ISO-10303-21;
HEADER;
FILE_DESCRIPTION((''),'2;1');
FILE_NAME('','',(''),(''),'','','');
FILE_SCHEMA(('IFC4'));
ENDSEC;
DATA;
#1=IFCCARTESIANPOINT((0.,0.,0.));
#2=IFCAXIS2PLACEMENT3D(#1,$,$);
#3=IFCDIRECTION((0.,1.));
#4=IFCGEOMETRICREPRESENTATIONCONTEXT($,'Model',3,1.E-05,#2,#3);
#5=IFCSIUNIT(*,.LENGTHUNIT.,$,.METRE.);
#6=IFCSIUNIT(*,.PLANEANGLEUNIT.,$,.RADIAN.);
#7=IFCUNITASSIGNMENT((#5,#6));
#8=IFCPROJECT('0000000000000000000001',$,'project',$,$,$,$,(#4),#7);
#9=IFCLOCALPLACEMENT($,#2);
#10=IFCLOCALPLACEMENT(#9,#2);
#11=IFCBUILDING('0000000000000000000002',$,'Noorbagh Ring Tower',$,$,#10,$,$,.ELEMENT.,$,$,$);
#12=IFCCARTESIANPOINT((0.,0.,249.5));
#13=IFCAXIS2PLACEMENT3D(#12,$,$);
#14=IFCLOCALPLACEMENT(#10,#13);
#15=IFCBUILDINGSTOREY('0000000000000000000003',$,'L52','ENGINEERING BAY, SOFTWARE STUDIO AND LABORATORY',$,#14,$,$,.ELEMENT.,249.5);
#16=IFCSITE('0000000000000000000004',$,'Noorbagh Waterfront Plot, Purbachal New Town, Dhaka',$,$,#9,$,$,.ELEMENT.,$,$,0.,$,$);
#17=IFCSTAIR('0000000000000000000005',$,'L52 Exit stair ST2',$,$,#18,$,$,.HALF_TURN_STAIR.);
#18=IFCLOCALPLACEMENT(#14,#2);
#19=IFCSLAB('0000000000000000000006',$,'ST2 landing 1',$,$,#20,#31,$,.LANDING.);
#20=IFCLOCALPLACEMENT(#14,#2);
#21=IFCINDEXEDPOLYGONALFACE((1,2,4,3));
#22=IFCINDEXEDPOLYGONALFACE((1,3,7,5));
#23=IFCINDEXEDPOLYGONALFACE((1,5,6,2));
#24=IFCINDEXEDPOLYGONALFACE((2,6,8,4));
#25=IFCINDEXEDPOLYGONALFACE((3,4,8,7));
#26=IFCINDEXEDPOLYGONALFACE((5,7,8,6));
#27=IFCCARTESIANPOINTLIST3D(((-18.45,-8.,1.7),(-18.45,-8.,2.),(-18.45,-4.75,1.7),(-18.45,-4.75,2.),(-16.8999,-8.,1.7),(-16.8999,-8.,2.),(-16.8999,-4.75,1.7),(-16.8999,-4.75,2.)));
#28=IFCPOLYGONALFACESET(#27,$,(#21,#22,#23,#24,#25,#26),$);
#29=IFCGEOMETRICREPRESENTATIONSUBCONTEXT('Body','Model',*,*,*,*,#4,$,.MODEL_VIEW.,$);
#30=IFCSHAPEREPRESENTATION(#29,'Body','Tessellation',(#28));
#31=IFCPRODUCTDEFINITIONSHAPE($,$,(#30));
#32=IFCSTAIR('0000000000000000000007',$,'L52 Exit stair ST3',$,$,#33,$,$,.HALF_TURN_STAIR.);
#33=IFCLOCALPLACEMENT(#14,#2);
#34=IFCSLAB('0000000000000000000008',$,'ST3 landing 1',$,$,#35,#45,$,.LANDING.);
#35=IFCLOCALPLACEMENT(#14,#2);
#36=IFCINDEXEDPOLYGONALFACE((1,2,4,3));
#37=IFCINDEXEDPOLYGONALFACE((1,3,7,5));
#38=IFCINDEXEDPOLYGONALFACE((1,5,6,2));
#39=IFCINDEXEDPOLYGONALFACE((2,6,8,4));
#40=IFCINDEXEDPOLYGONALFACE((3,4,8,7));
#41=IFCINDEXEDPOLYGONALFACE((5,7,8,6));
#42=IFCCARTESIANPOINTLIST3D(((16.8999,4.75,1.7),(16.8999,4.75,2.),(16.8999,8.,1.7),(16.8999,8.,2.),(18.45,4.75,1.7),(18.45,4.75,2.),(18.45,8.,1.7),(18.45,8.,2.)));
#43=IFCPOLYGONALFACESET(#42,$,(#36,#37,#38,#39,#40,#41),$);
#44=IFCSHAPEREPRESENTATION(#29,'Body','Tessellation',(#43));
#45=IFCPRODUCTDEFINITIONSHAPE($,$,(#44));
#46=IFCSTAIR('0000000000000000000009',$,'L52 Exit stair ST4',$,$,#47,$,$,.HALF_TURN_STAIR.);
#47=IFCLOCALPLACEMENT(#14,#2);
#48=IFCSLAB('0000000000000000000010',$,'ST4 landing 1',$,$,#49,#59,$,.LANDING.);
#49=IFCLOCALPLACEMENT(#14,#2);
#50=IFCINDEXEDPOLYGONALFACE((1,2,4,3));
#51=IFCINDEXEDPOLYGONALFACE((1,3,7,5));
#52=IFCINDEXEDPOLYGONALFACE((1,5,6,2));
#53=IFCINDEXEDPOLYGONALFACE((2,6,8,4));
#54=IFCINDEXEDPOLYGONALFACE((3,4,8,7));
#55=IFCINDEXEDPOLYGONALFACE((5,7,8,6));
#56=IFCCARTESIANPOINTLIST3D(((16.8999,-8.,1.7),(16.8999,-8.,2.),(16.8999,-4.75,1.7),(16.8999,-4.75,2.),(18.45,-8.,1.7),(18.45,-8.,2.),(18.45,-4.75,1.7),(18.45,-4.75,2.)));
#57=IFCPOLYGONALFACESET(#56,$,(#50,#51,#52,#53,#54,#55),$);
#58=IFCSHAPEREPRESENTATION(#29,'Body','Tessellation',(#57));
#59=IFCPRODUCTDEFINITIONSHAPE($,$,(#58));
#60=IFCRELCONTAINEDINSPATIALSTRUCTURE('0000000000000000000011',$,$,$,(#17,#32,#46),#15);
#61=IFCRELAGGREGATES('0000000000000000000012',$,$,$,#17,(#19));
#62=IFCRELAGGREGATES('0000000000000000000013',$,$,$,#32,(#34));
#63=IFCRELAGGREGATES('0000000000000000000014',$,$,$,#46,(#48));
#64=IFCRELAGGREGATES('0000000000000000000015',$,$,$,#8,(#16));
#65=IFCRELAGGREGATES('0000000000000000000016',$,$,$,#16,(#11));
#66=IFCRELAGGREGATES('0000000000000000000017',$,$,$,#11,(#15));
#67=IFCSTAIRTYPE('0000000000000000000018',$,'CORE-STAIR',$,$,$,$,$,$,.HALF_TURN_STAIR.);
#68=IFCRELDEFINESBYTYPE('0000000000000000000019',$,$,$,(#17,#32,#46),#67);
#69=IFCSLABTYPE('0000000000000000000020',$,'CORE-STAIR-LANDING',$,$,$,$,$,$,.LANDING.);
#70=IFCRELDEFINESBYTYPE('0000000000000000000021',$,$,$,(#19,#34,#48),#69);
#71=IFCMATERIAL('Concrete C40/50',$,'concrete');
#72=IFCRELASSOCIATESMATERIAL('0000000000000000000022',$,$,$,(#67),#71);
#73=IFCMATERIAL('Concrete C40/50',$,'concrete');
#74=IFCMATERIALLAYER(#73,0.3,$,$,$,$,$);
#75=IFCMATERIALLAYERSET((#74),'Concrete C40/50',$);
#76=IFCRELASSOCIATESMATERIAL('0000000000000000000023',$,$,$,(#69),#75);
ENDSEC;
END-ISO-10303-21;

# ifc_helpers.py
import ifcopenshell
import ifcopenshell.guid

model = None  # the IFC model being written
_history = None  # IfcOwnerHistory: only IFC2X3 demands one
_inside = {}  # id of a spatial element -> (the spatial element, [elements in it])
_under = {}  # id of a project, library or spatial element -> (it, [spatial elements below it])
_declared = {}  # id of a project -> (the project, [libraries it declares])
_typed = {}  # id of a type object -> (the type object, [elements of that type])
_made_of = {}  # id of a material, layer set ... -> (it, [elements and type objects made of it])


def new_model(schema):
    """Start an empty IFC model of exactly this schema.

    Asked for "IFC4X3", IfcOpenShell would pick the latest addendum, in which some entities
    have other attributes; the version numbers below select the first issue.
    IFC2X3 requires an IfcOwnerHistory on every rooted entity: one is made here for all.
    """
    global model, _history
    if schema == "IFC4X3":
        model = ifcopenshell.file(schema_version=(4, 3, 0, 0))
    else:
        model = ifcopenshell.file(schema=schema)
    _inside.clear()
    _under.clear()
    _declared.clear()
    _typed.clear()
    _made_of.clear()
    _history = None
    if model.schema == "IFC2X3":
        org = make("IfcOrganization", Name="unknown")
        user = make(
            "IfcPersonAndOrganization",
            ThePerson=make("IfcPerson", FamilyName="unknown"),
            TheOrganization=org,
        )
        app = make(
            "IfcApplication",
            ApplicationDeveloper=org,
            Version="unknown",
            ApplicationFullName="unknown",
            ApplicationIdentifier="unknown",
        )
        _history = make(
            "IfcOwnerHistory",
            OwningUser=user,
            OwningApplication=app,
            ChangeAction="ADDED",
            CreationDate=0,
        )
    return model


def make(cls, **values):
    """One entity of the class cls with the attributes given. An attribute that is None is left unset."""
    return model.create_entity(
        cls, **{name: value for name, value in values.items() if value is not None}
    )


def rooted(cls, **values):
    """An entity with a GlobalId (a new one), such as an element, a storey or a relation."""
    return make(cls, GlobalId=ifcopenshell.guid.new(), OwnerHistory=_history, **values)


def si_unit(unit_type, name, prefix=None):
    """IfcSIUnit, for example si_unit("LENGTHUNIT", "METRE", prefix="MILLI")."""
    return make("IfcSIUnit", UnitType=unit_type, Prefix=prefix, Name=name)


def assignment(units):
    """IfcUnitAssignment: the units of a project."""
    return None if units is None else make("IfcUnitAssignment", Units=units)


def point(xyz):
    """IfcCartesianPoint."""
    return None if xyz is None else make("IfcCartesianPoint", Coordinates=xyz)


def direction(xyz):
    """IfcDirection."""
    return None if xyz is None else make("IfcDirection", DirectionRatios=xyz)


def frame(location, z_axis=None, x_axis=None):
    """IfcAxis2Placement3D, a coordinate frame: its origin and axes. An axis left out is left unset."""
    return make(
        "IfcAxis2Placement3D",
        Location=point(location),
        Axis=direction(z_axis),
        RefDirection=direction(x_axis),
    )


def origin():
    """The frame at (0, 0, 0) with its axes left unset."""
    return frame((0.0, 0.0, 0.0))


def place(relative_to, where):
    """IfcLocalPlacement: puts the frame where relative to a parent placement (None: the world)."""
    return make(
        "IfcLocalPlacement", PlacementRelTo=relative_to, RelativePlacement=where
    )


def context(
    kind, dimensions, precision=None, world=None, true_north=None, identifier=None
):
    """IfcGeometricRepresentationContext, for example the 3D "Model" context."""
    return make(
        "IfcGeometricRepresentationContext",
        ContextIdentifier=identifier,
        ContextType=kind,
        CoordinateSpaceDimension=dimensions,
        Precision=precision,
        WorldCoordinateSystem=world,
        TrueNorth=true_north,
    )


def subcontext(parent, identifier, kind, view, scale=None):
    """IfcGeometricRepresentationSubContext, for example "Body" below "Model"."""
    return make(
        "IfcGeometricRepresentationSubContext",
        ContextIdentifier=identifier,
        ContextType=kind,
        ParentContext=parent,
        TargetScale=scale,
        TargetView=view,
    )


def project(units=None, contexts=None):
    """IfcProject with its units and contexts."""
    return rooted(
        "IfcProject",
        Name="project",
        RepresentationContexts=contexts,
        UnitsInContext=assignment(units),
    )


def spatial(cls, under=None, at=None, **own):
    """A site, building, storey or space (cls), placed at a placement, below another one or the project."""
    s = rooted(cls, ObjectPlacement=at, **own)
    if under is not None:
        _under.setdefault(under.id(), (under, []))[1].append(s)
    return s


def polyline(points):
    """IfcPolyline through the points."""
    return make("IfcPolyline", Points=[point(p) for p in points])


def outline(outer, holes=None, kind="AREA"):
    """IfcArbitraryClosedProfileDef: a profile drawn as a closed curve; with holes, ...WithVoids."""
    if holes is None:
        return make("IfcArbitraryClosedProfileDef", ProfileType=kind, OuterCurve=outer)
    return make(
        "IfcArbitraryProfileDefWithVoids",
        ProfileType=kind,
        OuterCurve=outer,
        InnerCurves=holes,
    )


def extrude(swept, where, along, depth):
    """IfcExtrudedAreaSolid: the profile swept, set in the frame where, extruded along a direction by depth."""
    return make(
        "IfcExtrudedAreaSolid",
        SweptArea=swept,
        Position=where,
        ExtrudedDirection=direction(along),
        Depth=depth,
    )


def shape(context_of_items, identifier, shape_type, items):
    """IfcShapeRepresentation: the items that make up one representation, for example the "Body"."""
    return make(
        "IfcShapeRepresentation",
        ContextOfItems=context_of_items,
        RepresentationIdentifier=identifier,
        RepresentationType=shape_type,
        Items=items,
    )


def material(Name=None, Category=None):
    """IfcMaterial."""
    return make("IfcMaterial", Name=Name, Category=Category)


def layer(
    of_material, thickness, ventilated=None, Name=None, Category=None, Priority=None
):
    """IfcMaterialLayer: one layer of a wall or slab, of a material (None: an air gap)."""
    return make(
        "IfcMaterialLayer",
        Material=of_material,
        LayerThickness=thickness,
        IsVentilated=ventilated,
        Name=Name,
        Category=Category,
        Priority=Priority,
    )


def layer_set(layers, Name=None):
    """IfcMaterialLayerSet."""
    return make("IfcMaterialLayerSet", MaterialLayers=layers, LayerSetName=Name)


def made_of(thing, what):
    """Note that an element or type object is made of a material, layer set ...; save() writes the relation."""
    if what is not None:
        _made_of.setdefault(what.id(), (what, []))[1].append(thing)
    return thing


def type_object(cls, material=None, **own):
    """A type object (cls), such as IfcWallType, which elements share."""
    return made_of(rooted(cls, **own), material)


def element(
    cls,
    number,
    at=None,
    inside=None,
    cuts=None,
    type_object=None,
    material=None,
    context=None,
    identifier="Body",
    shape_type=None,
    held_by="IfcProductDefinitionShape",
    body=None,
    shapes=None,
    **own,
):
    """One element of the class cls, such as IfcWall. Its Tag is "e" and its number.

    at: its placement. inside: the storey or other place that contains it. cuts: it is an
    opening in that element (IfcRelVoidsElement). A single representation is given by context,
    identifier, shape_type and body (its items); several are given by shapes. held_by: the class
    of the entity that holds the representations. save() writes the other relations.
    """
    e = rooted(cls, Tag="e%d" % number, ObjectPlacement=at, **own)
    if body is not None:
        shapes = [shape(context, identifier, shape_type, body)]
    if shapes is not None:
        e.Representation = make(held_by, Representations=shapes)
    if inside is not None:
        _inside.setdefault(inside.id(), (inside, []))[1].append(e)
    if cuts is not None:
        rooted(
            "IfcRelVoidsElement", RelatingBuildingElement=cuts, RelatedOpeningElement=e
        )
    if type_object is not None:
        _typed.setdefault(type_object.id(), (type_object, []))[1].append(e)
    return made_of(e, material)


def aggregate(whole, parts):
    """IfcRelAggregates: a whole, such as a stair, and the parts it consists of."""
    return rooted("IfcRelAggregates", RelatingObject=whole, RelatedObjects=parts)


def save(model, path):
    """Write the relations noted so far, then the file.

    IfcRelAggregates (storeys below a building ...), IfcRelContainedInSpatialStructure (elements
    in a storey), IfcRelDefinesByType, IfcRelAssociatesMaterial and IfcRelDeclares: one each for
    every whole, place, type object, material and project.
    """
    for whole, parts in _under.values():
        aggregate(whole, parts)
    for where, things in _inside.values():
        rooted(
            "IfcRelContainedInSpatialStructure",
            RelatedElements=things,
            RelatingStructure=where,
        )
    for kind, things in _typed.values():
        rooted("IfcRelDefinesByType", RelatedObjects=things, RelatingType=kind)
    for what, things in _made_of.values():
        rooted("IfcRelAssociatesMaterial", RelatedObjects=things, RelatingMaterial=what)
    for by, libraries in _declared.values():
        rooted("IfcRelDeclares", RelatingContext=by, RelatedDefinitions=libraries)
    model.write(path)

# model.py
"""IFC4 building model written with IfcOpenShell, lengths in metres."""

from ifc_helpers import new_model, si_unit, direction, frame, origin, place, context, subcontext, project, spatial, polyline, outline, extrude, material, layer, layer_set, type_object, element, aggregate, save


model = new_model("IFC4")

# Units and contexts
model_context = context("Model", 3, precision=1e-05, world=origin(), true_north=direction((0.0, 1.0)))
body_context = subcontext(model_context, "Body", "Model", "MODEL_VIEW")
ifc_project = project(units=[si_unit("LENGTHUNIT", "METRE"), si_unit("PLANEANGLEUNIT", "RADIAN")], contexts=[model_context])

# Site, building, storey
site_placement = place(None, origin())
site = spatial("IfcSite", under=ifc_project, at=site_placement, Name="Noorbagh Waterfront Plot, Purbachal New Town, Dhaka", CompositionType="ELEMENT", RefElevation=0.0)
building_placement = place(site_placement, origin())
building = spatial("IfcBuilding", under=site, at=building_placement, Name="Noorbagh Ring Tower", CompositionType="ELEMENT")
storey_placement = place(building_placement, frame((0.0, 0.0, 249.5)))
storey = spatial("IfcBuildingStorey", under=building, at=storey_placement, Name="L52", Description="ENGINEERING BAY, SOFTWARE STUDIO AND LABORATORY", CompositionType="ELEMENT", Elevation=249.5)

# Stairs, slabs
ifc_material_1 = material(Name="Concrete C40/50", Category="concrete")
stair_type = type_object("IfcStairType", Name="CORE-STAIR", PredefinedType="HALF_TURN_STAIR", material=ifc_material_1)
ifc_material_2 = material(Name="Concrete C40/50", Category="concrete")
ifc_layer_1 = layer(ifc_material_2, 0.3)
ifc_layer_set_1 = layer_set([ifc_layer_1], Name="Concrete C40/50")
slab_type_1 = type_object("IfcSlabType", Name="CORE-STAIR-LANDING", PredefinedType="LANDING", material=ifc_layer_set_1)
stair_1_placement = place(storey_placement, origin())
stair_1 = element("IfcStair", 1, at=stair_1_placement, inside=storey, type_object=stair_type, Name="L52 Exit stair ST2", PredefinedType="HALF_TURN_STAIR")
slab_1_placement = place(storey_placement, frame((0.0, 0.0, 1.7)))
slab_1 = element("IfcSlab", 2, at=slab_1_placement, type_object=slab_type_1, Name="ST2 landing 1", PredefinedType="LANDING", context=body_context, shape_type="SweptSolid", body=[
    extrude(outline(polyline([(-18.45, -8.0), (-16.8999, -8.0), (-16.8999, -4.75), (-18.45, -4.75), (-18.45, -8.0)])), origin(), (0.0, 0.0, 1.0), 0.3),
])
aggregate(stair_1, [slab_1])
stair_2_placement = place(storey_placement, origin())
stair_2 = element("IfcStair", 3, at=stair_2_placement, inside=storey, type_object=stair_type, Name="L52 Exit stair ST3", PredefinedType="HALF_TURN_STAIR")
slab_2_placement = place(storey_placement, frame((0.0, 0.0, 1.7)))
slab_2 = element("IfcSlab", 4, at=slab_2_placement, type_object=slab_type_1, Name="ST3 landing 1", PredefinedType="LANDING", context=body_context, shape_type="SweptSolid", body=[
    extrude(outline(polyline([(18.45, 8.0), (16.8999, 8.0), (16.8999, 4.75), (18.45, 4.75), (18.45, 8.0)])), origin(), (0.0, 0.0, 1.0), 0.3),
])
aggregate(stair_2, [slab_2])
stair_3_placement = place(storey_placement, origin())
stair_3 = element("IfcStair", 5, at=stair_3_placement, inside=storey, type_object=stair_type, Name="L52 Exit stair ST4", PredefinedType="HALF_TURN_STAIR")
slab_3_placement = place(storey_placement, frame((0.0, 0.0, 1.7)))
slab_3 = element("IfcSlab", 6, at=slab_3_placement, type_object=slab_type_1, Name="ST4 landing 1", PredefinedType="LANDING", context=body_context, shape_type="SweptSolid", body=[
    extrude(outline(polyline([(18.45, -4.75), (16.8999, -4.75), (16.8999, -8.0), (18.45, -8.0), (18.45, -4.75)])), origin(), (0.0, 0.0, 1.0), 0.3),
])
aggregate(stair_3, [slab_3])

save(model, "model.ifc")
